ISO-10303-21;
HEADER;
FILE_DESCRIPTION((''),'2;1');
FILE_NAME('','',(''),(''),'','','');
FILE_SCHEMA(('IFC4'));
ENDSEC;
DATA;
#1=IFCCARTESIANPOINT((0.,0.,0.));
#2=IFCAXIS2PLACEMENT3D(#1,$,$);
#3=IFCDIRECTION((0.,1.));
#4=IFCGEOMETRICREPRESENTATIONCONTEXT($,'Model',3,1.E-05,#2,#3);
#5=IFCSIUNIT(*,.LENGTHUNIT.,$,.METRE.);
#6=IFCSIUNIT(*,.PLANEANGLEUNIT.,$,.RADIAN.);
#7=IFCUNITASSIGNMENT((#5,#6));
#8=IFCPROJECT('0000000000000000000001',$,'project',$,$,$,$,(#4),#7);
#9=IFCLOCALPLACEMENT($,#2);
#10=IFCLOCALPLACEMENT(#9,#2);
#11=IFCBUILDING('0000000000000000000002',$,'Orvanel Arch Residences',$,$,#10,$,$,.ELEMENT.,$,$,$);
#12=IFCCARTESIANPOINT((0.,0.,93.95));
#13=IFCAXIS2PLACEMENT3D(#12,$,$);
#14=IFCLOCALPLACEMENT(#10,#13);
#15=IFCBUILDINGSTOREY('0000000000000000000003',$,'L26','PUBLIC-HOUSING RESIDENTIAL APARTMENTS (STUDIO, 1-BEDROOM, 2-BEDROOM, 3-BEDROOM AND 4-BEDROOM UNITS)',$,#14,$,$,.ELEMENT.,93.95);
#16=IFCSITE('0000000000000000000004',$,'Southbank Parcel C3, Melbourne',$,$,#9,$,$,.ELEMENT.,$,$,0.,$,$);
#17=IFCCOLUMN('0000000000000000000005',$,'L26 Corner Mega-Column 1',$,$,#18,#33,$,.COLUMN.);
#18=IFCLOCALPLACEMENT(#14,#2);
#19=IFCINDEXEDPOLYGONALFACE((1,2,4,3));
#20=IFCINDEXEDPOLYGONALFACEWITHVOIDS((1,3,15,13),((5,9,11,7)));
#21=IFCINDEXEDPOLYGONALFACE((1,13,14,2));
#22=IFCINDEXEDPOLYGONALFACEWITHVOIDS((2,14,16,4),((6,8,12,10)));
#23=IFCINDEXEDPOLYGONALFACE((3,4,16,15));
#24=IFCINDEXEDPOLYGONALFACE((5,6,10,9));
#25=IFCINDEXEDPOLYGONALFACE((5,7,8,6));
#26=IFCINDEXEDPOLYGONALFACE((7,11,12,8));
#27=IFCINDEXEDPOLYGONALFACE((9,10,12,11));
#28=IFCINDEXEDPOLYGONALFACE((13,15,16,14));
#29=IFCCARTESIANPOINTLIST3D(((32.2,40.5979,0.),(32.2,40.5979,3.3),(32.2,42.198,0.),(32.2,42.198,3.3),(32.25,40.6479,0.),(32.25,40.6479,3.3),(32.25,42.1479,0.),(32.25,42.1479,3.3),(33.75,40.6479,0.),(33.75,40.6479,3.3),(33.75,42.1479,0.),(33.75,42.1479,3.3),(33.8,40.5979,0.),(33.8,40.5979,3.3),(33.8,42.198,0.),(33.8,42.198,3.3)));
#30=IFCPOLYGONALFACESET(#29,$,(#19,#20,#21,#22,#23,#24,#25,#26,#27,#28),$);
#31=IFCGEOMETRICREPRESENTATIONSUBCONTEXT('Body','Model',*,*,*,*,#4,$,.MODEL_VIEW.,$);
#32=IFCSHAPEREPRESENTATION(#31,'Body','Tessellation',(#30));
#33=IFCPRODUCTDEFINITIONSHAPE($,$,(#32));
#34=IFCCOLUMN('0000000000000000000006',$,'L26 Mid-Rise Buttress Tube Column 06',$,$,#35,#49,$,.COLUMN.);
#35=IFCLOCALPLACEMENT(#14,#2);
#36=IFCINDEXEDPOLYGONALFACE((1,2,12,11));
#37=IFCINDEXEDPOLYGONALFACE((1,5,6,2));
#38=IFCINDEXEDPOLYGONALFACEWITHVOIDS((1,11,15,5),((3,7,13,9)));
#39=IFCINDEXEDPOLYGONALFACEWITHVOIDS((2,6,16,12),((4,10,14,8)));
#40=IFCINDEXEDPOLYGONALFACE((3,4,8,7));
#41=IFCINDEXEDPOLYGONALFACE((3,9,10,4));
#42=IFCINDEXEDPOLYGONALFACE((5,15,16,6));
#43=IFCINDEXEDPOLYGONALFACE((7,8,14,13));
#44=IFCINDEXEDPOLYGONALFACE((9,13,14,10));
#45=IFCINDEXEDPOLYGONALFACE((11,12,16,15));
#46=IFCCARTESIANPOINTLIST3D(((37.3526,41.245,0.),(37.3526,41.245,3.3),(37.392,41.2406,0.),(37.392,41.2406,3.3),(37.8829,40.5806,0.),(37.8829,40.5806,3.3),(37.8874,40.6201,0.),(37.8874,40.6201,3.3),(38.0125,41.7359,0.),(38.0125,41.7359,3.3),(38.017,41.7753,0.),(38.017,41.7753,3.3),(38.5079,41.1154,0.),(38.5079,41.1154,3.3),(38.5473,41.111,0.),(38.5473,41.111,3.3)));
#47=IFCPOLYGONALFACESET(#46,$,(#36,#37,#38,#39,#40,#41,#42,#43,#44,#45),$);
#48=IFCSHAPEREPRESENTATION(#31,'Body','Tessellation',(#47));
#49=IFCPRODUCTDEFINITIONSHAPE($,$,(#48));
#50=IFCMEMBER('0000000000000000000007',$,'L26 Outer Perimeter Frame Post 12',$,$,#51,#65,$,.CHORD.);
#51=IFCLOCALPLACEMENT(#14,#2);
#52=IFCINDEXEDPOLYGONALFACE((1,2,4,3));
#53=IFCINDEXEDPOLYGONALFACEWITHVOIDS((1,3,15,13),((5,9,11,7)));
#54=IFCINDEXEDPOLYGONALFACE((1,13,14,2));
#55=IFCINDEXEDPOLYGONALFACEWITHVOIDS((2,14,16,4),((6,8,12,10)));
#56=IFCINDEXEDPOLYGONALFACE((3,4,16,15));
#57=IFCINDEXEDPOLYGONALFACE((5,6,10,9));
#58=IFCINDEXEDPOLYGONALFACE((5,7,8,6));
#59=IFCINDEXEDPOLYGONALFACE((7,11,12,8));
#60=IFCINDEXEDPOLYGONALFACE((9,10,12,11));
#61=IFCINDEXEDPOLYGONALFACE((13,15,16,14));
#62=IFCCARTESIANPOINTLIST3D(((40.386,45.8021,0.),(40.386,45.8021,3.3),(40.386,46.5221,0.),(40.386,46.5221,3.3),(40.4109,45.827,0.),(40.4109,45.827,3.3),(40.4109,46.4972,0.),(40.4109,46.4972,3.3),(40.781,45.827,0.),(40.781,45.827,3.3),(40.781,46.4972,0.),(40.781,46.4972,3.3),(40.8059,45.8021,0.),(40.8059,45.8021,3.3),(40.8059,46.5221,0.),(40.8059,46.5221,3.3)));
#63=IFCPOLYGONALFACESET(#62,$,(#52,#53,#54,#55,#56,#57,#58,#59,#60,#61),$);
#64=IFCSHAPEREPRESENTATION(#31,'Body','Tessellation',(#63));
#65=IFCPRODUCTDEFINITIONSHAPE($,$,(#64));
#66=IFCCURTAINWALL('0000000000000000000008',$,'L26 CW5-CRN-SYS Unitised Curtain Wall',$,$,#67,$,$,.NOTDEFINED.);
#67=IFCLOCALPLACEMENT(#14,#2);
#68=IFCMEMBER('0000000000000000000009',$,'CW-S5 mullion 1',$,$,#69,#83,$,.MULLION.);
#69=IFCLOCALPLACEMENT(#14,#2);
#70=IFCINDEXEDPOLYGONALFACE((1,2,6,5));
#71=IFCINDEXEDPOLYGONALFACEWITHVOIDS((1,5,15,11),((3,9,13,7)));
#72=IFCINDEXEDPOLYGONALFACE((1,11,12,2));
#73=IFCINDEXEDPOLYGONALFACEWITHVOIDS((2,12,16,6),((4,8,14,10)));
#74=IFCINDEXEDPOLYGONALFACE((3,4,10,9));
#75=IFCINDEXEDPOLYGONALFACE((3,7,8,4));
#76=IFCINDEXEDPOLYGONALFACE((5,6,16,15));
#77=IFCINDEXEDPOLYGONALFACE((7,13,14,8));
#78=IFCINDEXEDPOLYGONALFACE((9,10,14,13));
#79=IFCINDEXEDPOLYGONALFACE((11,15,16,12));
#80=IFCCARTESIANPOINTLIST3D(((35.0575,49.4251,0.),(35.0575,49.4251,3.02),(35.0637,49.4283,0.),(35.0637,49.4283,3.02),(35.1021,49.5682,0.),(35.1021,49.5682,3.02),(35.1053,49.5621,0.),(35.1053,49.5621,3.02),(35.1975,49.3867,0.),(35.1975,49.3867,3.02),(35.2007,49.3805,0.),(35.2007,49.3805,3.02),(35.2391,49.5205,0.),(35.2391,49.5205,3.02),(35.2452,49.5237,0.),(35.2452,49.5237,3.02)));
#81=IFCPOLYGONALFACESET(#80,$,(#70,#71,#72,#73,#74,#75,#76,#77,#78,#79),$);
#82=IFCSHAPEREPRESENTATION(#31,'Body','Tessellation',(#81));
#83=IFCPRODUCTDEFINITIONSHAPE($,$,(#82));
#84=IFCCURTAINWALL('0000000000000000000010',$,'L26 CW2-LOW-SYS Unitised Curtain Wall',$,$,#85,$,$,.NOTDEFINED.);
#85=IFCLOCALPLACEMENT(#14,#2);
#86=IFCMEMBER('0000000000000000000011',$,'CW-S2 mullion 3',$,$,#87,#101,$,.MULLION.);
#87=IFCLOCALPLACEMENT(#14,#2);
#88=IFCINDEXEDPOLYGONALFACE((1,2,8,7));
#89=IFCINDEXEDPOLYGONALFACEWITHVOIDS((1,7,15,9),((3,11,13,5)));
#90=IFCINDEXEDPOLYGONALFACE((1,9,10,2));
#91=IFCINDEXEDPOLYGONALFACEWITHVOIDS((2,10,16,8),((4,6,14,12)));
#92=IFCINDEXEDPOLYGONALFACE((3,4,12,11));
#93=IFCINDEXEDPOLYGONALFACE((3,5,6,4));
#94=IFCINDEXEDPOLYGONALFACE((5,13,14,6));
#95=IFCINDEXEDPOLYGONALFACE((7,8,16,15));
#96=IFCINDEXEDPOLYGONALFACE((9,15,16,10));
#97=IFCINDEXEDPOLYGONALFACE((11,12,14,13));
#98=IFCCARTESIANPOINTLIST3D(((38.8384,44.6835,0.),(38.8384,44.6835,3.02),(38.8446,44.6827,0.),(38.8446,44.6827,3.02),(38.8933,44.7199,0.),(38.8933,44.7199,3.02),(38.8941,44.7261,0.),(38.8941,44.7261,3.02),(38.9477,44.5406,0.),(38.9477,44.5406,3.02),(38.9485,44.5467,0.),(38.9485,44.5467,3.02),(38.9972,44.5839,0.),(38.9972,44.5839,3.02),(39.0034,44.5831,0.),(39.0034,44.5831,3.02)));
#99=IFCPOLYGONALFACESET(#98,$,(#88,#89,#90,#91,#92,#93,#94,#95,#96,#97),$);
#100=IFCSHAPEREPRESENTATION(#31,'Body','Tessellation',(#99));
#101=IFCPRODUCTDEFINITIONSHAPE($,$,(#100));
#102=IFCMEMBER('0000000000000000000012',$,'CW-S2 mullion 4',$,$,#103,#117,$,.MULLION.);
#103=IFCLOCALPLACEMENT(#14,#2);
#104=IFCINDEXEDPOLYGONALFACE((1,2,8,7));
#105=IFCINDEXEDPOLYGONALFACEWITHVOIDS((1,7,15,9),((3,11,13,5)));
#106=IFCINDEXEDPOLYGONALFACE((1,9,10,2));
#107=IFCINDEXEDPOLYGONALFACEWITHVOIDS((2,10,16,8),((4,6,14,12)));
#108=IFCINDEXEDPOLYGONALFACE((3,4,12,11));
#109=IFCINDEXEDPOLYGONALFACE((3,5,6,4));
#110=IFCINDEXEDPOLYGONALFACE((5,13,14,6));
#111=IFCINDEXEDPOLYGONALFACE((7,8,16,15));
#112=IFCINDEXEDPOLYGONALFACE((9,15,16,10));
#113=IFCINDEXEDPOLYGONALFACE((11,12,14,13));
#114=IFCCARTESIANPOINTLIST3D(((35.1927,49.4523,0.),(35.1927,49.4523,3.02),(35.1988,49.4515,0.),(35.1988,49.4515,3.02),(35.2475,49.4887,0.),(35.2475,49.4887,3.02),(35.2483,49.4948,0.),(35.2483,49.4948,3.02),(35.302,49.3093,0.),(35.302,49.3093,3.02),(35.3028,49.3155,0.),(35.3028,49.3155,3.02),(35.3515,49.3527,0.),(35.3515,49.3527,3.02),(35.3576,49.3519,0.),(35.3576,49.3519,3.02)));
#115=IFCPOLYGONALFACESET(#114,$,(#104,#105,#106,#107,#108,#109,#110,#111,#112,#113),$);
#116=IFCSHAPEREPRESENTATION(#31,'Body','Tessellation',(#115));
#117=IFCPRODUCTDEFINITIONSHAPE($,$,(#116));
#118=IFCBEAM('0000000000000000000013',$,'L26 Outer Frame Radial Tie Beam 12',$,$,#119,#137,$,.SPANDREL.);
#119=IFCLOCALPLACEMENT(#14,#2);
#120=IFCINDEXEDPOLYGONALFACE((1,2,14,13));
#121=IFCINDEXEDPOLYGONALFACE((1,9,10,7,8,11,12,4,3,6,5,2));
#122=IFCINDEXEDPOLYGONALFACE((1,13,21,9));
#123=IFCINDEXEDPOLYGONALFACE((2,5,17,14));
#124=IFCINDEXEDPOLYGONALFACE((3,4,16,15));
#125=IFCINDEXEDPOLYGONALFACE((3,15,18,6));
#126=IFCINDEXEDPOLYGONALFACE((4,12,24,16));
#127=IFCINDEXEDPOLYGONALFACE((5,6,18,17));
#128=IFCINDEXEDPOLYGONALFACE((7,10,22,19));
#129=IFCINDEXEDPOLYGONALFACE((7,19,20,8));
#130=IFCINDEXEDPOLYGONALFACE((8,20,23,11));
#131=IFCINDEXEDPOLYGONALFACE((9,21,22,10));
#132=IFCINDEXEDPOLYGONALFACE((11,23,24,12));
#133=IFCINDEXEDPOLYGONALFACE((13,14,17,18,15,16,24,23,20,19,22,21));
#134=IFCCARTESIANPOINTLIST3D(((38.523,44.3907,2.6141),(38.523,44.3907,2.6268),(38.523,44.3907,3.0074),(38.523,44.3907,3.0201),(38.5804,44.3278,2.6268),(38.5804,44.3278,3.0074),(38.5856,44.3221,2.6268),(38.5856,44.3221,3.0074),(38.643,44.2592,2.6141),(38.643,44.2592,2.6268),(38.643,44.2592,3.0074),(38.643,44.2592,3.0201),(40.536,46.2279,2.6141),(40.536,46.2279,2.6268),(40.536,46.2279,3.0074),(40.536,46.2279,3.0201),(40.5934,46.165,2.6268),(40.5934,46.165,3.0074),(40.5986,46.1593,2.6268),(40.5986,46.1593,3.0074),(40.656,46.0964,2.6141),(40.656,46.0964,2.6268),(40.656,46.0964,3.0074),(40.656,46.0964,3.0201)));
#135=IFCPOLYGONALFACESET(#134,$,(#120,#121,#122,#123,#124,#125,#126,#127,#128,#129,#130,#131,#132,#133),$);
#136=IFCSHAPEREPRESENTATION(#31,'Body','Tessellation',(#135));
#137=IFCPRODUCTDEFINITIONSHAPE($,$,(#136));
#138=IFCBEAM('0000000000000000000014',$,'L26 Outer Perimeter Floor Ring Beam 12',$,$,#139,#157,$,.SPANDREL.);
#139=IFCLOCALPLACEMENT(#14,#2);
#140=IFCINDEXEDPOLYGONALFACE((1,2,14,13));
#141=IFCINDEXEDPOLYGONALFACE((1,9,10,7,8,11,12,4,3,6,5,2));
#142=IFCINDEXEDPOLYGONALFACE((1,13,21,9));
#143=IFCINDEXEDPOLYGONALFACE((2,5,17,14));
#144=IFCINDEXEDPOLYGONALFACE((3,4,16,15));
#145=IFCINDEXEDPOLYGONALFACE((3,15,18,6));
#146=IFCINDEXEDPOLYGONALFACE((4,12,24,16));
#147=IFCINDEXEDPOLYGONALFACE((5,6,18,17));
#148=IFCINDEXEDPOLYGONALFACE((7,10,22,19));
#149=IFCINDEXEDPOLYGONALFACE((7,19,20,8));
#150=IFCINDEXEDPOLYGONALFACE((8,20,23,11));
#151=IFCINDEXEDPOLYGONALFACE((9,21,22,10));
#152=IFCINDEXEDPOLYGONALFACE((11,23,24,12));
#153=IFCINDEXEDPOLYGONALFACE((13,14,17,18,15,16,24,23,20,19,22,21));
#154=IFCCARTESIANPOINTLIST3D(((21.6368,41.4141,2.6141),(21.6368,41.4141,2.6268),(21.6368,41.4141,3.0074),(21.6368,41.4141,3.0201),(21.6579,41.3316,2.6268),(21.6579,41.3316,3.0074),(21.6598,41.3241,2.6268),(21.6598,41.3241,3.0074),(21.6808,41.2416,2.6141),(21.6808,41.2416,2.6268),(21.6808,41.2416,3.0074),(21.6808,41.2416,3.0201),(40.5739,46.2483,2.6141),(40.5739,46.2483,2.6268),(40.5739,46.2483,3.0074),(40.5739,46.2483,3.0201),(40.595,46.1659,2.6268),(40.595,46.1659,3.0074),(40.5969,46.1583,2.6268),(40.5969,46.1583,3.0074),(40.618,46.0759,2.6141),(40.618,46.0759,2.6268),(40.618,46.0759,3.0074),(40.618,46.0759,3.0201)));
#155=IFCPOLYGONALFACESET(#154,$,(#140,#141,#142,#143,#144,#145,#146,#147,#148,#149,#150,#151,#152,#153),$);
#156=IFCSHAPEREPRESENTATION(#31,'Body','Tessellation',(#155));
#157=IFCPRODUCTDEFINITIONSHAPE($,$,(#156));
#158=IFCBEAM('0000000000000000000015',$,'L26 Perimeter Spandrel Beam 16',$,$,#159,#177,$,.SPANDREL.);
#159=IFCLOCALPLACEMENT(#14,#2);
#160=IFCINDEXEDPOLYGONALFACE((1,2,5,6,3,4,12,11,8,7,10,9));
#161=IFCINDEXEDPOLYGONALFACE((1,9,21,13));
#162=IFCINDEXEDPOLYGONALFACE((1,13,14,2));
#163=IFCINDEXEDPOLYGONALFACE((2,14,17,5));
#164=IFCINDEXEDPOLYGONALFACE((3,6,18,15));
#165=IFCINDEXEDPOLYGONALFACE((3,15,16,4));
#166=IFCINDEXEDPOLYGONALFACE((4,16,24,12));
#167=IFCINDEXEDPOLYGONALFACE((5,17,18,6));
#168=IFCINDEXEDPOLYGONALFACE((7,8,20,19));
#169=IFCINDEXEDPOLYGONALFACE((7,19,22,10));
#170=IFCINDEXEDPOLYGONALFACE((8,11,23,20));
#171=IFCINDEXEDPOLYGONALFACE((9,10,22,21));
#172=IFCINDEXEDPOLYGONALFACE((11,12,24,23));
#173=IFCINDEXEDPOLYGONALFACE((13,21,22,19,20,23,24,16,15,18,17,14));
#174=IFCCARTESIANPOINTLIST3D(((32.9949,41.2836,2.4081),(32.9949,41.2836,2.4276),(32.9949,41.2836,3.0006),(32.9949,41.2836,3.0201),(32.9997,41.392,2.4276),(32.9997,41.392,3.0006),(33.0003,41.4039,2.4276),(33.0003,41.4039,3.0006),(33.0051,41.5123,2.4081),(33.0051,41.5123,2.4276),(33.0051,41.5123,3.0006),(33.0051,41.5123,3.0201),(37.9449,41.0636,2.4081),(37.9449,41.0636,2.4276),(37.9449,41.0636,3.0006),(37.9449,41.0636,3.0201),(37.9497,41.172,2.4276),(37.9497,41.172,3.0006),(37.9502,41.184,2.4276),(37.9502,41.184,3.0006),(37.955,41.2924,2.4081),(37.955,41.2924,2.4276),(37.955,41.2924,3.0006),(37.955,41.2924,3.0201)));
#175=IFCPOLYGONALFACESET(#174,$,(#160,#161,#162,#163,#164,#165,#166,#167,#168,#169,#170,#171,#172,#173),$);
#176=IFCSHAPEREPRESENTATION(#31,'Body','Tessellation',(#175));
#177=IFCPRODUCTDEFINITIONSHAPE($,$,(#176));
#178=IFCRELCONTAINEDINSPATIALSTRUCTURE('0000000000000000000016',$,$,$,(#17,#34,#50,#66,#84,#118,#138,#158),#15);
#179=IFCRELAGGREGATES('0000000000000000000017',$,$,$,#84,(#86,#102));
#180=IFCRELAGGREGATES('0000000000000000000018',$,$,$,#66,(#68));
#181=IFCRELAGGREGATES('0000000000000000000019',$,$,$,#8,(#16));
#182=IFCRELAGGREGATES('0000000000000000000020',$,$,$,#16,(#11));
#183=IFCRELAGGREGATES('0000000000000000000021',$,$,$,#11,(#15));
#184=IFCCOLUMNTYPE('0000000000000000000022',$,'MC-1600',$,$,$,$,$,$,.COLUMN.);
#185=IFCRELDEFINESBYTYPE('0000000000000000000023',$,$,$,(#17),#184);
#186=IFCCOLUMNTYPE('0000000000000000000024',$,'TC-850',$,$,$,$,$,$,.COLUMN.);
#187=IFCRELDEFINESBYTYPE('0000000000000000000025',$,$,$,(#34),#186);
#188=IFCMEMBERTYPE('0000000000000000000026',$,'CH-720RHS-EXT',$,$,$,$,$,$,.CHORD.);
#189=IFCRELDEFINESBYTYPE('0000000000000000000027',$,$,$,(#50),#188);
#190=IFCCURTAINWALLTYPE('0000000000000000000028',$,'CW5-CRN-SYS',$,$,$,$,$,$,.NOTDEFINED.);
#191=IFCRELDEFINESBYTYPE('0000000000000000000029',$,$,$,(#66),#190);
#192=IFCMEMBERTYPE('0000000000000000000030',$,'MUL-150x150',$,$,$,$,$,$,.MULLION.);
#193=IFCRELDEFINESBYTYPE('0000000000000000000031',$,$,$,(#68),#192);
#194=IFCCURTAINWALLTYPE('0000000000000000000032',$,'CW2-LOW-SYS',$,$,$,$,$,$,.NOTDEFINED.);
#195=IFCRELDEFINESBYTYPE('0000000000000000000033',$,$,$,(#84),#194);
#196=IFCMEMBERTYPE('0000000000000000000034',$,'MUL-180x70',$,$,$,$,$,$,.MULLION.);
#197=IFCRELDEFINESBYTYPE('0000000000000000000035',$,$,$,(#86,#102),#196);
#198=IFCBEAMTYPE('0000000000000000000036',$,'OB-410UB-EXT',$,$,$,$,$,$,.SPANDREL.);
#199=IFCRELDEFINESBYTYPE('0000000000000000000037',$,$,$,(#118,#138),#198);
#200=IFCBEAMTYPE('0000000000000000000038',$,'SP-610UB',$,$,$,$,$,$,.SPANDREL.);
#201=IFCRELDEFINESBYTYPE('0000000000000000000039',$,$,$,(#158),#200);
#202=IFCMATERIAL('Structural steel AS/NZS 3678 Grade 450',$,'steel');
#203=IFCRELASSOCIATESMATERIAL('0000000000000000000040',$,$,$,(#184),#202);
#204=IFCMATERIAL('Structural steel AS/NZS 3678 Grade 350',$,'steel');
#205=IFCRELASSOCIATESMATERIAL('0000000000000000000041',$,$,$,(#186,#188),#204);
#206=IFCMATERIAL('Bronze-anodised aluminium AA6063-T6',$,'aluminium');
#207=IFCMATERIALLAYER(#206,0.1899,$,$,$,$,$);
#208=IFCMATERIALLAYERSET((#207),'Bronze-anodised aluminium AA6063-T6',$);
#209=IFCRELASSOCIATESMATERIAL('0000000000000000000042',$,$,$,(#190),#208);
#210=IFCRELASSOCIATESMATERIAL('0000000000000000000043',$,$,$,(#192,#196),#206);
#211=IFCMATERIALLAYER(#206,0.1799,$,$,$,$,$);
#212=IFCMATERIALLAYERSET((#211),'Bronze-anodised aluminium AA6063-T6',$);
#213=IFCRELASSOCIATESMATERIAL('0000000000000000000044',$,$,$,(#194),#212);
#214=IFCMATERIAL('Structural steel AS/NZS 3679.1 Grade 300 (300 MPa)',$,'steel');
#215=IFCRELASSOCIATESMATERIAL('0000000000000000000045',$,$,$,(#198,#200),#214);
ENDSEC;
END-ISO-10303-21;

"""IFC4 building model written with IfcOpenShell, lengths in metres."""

from ifc_helpers import new_model, si_unit, direction, frame, origin, origin_2d, place, context, subcontext, project, spatial, hollow_rectangle, i_section, extrude, material, layer, layer_set, material_profile, profile_set, type_object, element, aggregate, save


model = new_model("IFC4")

# Units and contexts
model_context = context("Model", 3, precision=1e-05, world=origin(), true_north=direction((0.0, 1.0)))
body_context = subcontext(model_context, "Body", "Model", "MODEL_VIEW")
ifc_project = project(units=[si_unit("LENGTHUNIT", "METRE"), si_unit("PLANEANGLEUNIT", "RADIAN")], contexts=[model_context])

# Site, building, storey
site_placement = place(None, origin())
site = spatial("IfcSite", under=ifc_project, at=site_placement, Name="Southbank Parcel C3, Melbourne", CompositionType="ELEMENT", RefElevation=0.0)
building_placement = place(site_placement, origin())
building = spatial("IfcBuilding", under=site, at=building_placement, Name="Orvanel Arch Residences", CompositionType="ELEMENT")
storey_placement = place(building_placement, frame((0.0, 0.0, 93.95)))
storey = spatial("IfcBuildingStorey", under=building, at=storey_placement, Name="L26", Description="PUBLIC-HOUSING RESIDENTIAL APARTMENTS (STUDIO, 1-BEDROOM, 2-BEDROOM, 3-BEDROOM AND 4-BEDROOM UNITS)", CompositionType="ELEMENT", Elevation=93.95)

# Columns
ifc_material_1 = material(Name="Structural steel AS/NZS 3678 Grade 450", Category="steel")
ifc_material_profile_1 = material_profile(ifc_material_1, hollow_rectangle(XDim=1.6001, YDim=1.6001, WallThickness=0.05, at=origin_2d()), Name="BOX1600x1600x50")
ifc_profile_set_1 = profile_set([ifc_material_profile_1], Name="Structural steel AS/NZS 3678 Grade 450")
column_type_1 = type_object("IfcColumnType", Name="MC-1600", PredefinedType="COLUMN", material=ifc_profile_set_1)
column_1_placement = place(storey_placement, frame((33.0, 41.3979, 0.0), z_axis=(0.0, 0.0, 1.0), x_axis=(1.0, 0.0, 0.0)))
element("IfcColumn", 1, at=column_1_placement, inside=storey, type_object=column_type_1, Name="L26 Corner Mega-Column 1", PredefinedType="COLUMN", context=body_context, shape_type="SweptSolid", body=[
    extrude(hollow_rectangle(XDim=1.6001, YDim=1.6001, WallThickness=0.05, at=origin_2d()), origin(), (0.0, 0.0, 1.0), 3.3),
])
ifc_material_2 = material(Name="Structural steel AS/NZS 3678 Grade 350", Category="steel")
ifc_material_profile_2 = material_profile(ifc_material_2, hollow_rectangle(XDim=0.8501, YDim=0.8501, WallThickness=0.0281, at=origin_2d()), Name="BOX850x850x28")
ifc_profile_set_2 = profile_set([ifc_material_profile_2], Name="Structural steel AS/NZS 3678 Grade 350")
column_type_2 = type_object("IfcColumnType", Name="TC-850", PredefinedType="COLUMN", material=ifc_profile_set_2)
column_2_placement = place(storey_placement, frame((37.95, 41.178, 0.0), z_axis=(0.0, 0.0, 1.0), x_axis=(-0.62388, 0.78152, 0.0)))
element("IfcColumn", 2, at=column_2_placement, inside=storey, type_object=column_type_2, Name="L26 Mid-Rise Buttress Tube Column 06", PredefinedType="COLUMN", context=body_context, shape_type="SweptSolid", body=[
    extrude(hollow_rectangle(XDim=0.8501, YDim=0.8501, WallThickness=0.0281, at=origin_2d()), origin(), (0.0, 0.0, 1.0), 3.3),
])

# Member
ifc_material_profile_3 = material_profile(ifc_material_2, hollow_rectangle(XDim=0.4199, YDim=0.72, WallThickness=0.0249, at=origin_2d()), Name="RHS720x420x25")
ifc_profile_set_3 = profile_set([ifc_material_profile_3], Name="Structural steel AS/NZS 3678 Grade 350")
member_type_1 = type_object("IfcMemberType", Name="CH-720RHS-EXT", PredefinedType="CHORD", material=ifc_profile_set_3)
member_1_placement = place(storey_placement, frame((40.5959, 46.1621, 0.0), z_axis=(0.0, 0.0, 1.0), x_axis=(1.0, 0.0, 0.0)))
element("IfcMember", 3, at=member_1_placement, inside=storey, type_object=member_type_1, Name="L26 Outer Perimeter Frame Post 12", PredefinedType="CHORD", context=body_context, shape_type="SweptSolid", body=[
    extrude(hollow_rectangle(XDim=0.4199, YDim=0.72, WallThickness=0.0249, at=origin_2d()), origin(), (0.0, 0.0, 1.0), 3.3),
])

# Curtain wall, member
ifc_material_3 = material(Name="Bronze-anodised aluminium AA6063-T6", Category="aluminium")
ifc_layer_1 = layer(ifc_material_3, 0.1899)
ifc_layer_set_1 = layer_set([ifc_layer_1], Name="Bronze-anodised aluminium AA6063-T6")
curtain_wall_type_1 = type_object("IfcCurtainWallType", Name="CW5-CRN-SYS", PredefinedType="NOTDEFINED", material=ifc_layer_set_1)
curtain_wall_1_placement = place(storey_placement, origin())
curtain_wall_1 = element("IfcCurtainWall", 4, at=curtain_wall_1_placement, inside=storey, type_object=curtain_wall_type_1, Name="L26 CW5-CRN-SYS Unitised Curtain Wall", PredefinedType="NOTDEFINED")
ifc_material_profile_4 = material_profile(ifc_material_3, hollow_rectangle(XDim=0.1499, YDim=0.1499, WallThickness=0.0049, at=origin_2d()), Name="ALU150x150x5")
ifc_profile_set_4 = profile_set([ifc_material_profile_4], Name="Bronze-anodised aluminium AA6063-T6")
member_type_2 = type_object("IfcMemberType", Name="MUL-150x150", PredefinedType="MULLION", material=ifc_profile_set_4)
member_2_placement = place(storey_placement, frame((35.1514, 49.4744, 0.0), z_axis=(0.0, 0.0, 1.0), x_axis=(-0.296949, -0.954893, 0.0)))
member_2 = element("IfcMember", 5, at=member_2_placement, type_object=member_type_2, Name="CW-S5 mullion 1", PredefinedType="MULLION", context=body_context, shape_type="SweptSolid", body=[
    extrude(hollow_rectangle(XDim=0.1499, YDim=0.1499, WallThickness=0.0049, at=origin_2d()), origin(), (0.0, 0.0, 1.0), 3.02),
])

# Curtain wall, members
ifc_layer_2 = layer(ifc_material_3, 0.1799)
ifc_layer_set_2 = layer_set([ifc_layer_2], Name="Bronze-anodised aluminium AA6063-T6")
curtain_wall_type_2 = type_object("IfcCurtainWallType", Name="CW2-LOW-SYS", PredefinedType="NOTDEFINED", material=ifc_layer_set_2)
curtain_wall_2_placement = place(storey_placement, origin())
curtain_wall_2 = element("IfcCurtainWall", 6, at=curtain_wall_2_placement, inside=storey, type_object=curtain_wall_type_2, Name="L26 CW2-LOW-SYS Unitised Curtain Wall", PredefinedType="NOTDEFINED")
ifc_material_profile_5 = material_profile(ifc_material_3, hollow_rectangle(XDim=0.0701, YDim=0.1799, WallThickness=0.0044, at=origin_2d()), Name="ALU180x70x4.5")
ifc_profile_set_5 = profile_set([ifc_material_profile_5], Name="Bronze-anodised aluminium AA6063-T6")
member_type_3 = type_object("IfcMemberType", Name="MUL-180x70", PredefinedType="MULLION", material=ifc_profile_set_5)
member_3_placement = place(storey_placement, frame((38.9209, 44.6333, 0.0), z_axis=(0.0, 0.0, 1.0), x_axis=(-0.794441, -0.607341, 0.0)))
member_3 = element("IfcMember", 7, at=member_3_placement, type_object=member_type_3, Name="CW-S2 mullion 3", PredefinedType="MULLION", context=body_context, shape_type="SweptSolid", body=[
    extrude(hollow_rectangle(XDim=0.0701, YDim=0.1799, WallThickness=0.0044, at=origin_2d()), origin(), (0.0, 0.0, 1.0), 3.02),
])
member_4_placement = place(storey_placement, frame((35.2751, 49.4021, 0.0), z_axis=(0.0, 0.0, 1.0), x_axis=(-0.794441, -0.607341, 0.0)))
member_4 = element("IfcMember", 8, at=member_4_placement, type_object=member_type_3, Name="CW-S2 mullion 4", PredefinedType="MULLION", context=body_context, shape_type="SweptSolid", body=[
    extrude(hollow_rectangle(XDim=0.0701, YDim=0.1799, WallThickness=0.0044, at=origin_2d()), origin(), (0.0, 0.0, 1.0), 3.02),
])

# Beams
ifc_material_4 = material(Name="Structural steel AS/NZS 3679.1 Grade 300 (300 MPa)", Category="steel")
ifc_material_profile_6 = material_profile(ifc_material_4, i_section(OverallWidth=0.178, OverallDepth=0.406, WebThickness=0.0078, FlangeThickness=0.0127, at=origin_2d()), Name="410UB59.7")
ifc_profile_set_6 = profile_set([ifc_material_profile_6], Name="Structural steel AS/NZS 3679.1 Grade 300 (300 MPa)")
beam_type_1 = type_object("IfcBeamType", Name="OB-410UB-EXT", PredefinedType="SPANDREL", material=ifc_profile_set_6)
beam_1_placement = place(storey_placement, frame((38.583, 44.325, 2.8171), z_axis=(0.738621, 0.674121, 0.0), x_axis=(-0.674121, 0.738621, 0.0)))
element("IfcBeam", 9, at=beam_1_placement, inside=storey, type_object=beam_type_1, Name="L26 Outer Frame Radial Tie Beam 12", PredefinedType="SPANDREL", context=body_context, shape_type="SweptSolid", body=[
    extrude(i_section(OverallWidth=0.178, OverallDepth=0.406, WebThickness=0.0078, FlangeThickness=0.0127, at=origin_2d()), origin(), (0.0, 0.0, 1.0), 2.7253),
])
beam_2_placement = place(storey_placement, frame((40.5959, 46.1621, 2.8171), z_axis=(-0.968927, -0.247347, 0.0), x_axis=(0.247347, -0.968927, 0.0)))
element("IfcBeam", 10, at=beam_2_placement, inside=storey, type_object=beam_type_1, Name="L26 Outer Perimeter Floor Ring Beam 12", PredefinedType="SPANDREL", context=body_context, shape_type="SweptSolid", body=[
    extrude(i_section(OverallWidth=0.178, OverallDepth=0.406, WebThickness=0.0078, FlangeThickness=0.0127, at=origin_2d()), origin(), (0.0, 0.0, 1.0), 19.5444),
])
ifc_material_profile_7 = material_profile(ifc_material_4, i_section(OverallWidth=0.229, OverallDepth=0.6121, WebThickness=0.012, FlangeThickness=0.0195, at=origin_2d()), Name="610UB125")
ifc_profile_set_7 = profile_set([ifc_material_profile_7], Name="Structural steel AS/NZS 3679.1 Grade 300 (300 MPa)")
beam_type_2 = type_object("IfcBeamType", Name="SP-610UB", PredefinedType="SPANDREL", material=ifc_profile_set_7)
for number, where, z_axis, x_axis, name in (
    (11, (37.95, 41.178, 2.7141), (-0.999014, 0.044395, 0.0), (-0.044395, -0.999014, 0.0), "L26 Perimeter Spandrel Beam 16"),
):
    element("IfcBeam", number, at=place(storey_placement, frame(where, z_axis=z_axis, x_axis=x_axis)), inside=storey, type_object=beam_type_2, Name=name, PredefinedType="SPANDREL", context=body_context, shape_type="SweptSolid", body=[
        extrude(i_section(OverallWidth=0.229, OverallDepth=0.6121, WebThickness=0.012, FlangeThickness=0.0195, at=origin_2d()), origin(), (0.0, 0.0, 1.0), 4.9548),
    ])

aggregate(curtain_wall_2, [member_3, member_4])
aggregate(curtain_wall_1, [member_2])

save(model, "model.ifc")
